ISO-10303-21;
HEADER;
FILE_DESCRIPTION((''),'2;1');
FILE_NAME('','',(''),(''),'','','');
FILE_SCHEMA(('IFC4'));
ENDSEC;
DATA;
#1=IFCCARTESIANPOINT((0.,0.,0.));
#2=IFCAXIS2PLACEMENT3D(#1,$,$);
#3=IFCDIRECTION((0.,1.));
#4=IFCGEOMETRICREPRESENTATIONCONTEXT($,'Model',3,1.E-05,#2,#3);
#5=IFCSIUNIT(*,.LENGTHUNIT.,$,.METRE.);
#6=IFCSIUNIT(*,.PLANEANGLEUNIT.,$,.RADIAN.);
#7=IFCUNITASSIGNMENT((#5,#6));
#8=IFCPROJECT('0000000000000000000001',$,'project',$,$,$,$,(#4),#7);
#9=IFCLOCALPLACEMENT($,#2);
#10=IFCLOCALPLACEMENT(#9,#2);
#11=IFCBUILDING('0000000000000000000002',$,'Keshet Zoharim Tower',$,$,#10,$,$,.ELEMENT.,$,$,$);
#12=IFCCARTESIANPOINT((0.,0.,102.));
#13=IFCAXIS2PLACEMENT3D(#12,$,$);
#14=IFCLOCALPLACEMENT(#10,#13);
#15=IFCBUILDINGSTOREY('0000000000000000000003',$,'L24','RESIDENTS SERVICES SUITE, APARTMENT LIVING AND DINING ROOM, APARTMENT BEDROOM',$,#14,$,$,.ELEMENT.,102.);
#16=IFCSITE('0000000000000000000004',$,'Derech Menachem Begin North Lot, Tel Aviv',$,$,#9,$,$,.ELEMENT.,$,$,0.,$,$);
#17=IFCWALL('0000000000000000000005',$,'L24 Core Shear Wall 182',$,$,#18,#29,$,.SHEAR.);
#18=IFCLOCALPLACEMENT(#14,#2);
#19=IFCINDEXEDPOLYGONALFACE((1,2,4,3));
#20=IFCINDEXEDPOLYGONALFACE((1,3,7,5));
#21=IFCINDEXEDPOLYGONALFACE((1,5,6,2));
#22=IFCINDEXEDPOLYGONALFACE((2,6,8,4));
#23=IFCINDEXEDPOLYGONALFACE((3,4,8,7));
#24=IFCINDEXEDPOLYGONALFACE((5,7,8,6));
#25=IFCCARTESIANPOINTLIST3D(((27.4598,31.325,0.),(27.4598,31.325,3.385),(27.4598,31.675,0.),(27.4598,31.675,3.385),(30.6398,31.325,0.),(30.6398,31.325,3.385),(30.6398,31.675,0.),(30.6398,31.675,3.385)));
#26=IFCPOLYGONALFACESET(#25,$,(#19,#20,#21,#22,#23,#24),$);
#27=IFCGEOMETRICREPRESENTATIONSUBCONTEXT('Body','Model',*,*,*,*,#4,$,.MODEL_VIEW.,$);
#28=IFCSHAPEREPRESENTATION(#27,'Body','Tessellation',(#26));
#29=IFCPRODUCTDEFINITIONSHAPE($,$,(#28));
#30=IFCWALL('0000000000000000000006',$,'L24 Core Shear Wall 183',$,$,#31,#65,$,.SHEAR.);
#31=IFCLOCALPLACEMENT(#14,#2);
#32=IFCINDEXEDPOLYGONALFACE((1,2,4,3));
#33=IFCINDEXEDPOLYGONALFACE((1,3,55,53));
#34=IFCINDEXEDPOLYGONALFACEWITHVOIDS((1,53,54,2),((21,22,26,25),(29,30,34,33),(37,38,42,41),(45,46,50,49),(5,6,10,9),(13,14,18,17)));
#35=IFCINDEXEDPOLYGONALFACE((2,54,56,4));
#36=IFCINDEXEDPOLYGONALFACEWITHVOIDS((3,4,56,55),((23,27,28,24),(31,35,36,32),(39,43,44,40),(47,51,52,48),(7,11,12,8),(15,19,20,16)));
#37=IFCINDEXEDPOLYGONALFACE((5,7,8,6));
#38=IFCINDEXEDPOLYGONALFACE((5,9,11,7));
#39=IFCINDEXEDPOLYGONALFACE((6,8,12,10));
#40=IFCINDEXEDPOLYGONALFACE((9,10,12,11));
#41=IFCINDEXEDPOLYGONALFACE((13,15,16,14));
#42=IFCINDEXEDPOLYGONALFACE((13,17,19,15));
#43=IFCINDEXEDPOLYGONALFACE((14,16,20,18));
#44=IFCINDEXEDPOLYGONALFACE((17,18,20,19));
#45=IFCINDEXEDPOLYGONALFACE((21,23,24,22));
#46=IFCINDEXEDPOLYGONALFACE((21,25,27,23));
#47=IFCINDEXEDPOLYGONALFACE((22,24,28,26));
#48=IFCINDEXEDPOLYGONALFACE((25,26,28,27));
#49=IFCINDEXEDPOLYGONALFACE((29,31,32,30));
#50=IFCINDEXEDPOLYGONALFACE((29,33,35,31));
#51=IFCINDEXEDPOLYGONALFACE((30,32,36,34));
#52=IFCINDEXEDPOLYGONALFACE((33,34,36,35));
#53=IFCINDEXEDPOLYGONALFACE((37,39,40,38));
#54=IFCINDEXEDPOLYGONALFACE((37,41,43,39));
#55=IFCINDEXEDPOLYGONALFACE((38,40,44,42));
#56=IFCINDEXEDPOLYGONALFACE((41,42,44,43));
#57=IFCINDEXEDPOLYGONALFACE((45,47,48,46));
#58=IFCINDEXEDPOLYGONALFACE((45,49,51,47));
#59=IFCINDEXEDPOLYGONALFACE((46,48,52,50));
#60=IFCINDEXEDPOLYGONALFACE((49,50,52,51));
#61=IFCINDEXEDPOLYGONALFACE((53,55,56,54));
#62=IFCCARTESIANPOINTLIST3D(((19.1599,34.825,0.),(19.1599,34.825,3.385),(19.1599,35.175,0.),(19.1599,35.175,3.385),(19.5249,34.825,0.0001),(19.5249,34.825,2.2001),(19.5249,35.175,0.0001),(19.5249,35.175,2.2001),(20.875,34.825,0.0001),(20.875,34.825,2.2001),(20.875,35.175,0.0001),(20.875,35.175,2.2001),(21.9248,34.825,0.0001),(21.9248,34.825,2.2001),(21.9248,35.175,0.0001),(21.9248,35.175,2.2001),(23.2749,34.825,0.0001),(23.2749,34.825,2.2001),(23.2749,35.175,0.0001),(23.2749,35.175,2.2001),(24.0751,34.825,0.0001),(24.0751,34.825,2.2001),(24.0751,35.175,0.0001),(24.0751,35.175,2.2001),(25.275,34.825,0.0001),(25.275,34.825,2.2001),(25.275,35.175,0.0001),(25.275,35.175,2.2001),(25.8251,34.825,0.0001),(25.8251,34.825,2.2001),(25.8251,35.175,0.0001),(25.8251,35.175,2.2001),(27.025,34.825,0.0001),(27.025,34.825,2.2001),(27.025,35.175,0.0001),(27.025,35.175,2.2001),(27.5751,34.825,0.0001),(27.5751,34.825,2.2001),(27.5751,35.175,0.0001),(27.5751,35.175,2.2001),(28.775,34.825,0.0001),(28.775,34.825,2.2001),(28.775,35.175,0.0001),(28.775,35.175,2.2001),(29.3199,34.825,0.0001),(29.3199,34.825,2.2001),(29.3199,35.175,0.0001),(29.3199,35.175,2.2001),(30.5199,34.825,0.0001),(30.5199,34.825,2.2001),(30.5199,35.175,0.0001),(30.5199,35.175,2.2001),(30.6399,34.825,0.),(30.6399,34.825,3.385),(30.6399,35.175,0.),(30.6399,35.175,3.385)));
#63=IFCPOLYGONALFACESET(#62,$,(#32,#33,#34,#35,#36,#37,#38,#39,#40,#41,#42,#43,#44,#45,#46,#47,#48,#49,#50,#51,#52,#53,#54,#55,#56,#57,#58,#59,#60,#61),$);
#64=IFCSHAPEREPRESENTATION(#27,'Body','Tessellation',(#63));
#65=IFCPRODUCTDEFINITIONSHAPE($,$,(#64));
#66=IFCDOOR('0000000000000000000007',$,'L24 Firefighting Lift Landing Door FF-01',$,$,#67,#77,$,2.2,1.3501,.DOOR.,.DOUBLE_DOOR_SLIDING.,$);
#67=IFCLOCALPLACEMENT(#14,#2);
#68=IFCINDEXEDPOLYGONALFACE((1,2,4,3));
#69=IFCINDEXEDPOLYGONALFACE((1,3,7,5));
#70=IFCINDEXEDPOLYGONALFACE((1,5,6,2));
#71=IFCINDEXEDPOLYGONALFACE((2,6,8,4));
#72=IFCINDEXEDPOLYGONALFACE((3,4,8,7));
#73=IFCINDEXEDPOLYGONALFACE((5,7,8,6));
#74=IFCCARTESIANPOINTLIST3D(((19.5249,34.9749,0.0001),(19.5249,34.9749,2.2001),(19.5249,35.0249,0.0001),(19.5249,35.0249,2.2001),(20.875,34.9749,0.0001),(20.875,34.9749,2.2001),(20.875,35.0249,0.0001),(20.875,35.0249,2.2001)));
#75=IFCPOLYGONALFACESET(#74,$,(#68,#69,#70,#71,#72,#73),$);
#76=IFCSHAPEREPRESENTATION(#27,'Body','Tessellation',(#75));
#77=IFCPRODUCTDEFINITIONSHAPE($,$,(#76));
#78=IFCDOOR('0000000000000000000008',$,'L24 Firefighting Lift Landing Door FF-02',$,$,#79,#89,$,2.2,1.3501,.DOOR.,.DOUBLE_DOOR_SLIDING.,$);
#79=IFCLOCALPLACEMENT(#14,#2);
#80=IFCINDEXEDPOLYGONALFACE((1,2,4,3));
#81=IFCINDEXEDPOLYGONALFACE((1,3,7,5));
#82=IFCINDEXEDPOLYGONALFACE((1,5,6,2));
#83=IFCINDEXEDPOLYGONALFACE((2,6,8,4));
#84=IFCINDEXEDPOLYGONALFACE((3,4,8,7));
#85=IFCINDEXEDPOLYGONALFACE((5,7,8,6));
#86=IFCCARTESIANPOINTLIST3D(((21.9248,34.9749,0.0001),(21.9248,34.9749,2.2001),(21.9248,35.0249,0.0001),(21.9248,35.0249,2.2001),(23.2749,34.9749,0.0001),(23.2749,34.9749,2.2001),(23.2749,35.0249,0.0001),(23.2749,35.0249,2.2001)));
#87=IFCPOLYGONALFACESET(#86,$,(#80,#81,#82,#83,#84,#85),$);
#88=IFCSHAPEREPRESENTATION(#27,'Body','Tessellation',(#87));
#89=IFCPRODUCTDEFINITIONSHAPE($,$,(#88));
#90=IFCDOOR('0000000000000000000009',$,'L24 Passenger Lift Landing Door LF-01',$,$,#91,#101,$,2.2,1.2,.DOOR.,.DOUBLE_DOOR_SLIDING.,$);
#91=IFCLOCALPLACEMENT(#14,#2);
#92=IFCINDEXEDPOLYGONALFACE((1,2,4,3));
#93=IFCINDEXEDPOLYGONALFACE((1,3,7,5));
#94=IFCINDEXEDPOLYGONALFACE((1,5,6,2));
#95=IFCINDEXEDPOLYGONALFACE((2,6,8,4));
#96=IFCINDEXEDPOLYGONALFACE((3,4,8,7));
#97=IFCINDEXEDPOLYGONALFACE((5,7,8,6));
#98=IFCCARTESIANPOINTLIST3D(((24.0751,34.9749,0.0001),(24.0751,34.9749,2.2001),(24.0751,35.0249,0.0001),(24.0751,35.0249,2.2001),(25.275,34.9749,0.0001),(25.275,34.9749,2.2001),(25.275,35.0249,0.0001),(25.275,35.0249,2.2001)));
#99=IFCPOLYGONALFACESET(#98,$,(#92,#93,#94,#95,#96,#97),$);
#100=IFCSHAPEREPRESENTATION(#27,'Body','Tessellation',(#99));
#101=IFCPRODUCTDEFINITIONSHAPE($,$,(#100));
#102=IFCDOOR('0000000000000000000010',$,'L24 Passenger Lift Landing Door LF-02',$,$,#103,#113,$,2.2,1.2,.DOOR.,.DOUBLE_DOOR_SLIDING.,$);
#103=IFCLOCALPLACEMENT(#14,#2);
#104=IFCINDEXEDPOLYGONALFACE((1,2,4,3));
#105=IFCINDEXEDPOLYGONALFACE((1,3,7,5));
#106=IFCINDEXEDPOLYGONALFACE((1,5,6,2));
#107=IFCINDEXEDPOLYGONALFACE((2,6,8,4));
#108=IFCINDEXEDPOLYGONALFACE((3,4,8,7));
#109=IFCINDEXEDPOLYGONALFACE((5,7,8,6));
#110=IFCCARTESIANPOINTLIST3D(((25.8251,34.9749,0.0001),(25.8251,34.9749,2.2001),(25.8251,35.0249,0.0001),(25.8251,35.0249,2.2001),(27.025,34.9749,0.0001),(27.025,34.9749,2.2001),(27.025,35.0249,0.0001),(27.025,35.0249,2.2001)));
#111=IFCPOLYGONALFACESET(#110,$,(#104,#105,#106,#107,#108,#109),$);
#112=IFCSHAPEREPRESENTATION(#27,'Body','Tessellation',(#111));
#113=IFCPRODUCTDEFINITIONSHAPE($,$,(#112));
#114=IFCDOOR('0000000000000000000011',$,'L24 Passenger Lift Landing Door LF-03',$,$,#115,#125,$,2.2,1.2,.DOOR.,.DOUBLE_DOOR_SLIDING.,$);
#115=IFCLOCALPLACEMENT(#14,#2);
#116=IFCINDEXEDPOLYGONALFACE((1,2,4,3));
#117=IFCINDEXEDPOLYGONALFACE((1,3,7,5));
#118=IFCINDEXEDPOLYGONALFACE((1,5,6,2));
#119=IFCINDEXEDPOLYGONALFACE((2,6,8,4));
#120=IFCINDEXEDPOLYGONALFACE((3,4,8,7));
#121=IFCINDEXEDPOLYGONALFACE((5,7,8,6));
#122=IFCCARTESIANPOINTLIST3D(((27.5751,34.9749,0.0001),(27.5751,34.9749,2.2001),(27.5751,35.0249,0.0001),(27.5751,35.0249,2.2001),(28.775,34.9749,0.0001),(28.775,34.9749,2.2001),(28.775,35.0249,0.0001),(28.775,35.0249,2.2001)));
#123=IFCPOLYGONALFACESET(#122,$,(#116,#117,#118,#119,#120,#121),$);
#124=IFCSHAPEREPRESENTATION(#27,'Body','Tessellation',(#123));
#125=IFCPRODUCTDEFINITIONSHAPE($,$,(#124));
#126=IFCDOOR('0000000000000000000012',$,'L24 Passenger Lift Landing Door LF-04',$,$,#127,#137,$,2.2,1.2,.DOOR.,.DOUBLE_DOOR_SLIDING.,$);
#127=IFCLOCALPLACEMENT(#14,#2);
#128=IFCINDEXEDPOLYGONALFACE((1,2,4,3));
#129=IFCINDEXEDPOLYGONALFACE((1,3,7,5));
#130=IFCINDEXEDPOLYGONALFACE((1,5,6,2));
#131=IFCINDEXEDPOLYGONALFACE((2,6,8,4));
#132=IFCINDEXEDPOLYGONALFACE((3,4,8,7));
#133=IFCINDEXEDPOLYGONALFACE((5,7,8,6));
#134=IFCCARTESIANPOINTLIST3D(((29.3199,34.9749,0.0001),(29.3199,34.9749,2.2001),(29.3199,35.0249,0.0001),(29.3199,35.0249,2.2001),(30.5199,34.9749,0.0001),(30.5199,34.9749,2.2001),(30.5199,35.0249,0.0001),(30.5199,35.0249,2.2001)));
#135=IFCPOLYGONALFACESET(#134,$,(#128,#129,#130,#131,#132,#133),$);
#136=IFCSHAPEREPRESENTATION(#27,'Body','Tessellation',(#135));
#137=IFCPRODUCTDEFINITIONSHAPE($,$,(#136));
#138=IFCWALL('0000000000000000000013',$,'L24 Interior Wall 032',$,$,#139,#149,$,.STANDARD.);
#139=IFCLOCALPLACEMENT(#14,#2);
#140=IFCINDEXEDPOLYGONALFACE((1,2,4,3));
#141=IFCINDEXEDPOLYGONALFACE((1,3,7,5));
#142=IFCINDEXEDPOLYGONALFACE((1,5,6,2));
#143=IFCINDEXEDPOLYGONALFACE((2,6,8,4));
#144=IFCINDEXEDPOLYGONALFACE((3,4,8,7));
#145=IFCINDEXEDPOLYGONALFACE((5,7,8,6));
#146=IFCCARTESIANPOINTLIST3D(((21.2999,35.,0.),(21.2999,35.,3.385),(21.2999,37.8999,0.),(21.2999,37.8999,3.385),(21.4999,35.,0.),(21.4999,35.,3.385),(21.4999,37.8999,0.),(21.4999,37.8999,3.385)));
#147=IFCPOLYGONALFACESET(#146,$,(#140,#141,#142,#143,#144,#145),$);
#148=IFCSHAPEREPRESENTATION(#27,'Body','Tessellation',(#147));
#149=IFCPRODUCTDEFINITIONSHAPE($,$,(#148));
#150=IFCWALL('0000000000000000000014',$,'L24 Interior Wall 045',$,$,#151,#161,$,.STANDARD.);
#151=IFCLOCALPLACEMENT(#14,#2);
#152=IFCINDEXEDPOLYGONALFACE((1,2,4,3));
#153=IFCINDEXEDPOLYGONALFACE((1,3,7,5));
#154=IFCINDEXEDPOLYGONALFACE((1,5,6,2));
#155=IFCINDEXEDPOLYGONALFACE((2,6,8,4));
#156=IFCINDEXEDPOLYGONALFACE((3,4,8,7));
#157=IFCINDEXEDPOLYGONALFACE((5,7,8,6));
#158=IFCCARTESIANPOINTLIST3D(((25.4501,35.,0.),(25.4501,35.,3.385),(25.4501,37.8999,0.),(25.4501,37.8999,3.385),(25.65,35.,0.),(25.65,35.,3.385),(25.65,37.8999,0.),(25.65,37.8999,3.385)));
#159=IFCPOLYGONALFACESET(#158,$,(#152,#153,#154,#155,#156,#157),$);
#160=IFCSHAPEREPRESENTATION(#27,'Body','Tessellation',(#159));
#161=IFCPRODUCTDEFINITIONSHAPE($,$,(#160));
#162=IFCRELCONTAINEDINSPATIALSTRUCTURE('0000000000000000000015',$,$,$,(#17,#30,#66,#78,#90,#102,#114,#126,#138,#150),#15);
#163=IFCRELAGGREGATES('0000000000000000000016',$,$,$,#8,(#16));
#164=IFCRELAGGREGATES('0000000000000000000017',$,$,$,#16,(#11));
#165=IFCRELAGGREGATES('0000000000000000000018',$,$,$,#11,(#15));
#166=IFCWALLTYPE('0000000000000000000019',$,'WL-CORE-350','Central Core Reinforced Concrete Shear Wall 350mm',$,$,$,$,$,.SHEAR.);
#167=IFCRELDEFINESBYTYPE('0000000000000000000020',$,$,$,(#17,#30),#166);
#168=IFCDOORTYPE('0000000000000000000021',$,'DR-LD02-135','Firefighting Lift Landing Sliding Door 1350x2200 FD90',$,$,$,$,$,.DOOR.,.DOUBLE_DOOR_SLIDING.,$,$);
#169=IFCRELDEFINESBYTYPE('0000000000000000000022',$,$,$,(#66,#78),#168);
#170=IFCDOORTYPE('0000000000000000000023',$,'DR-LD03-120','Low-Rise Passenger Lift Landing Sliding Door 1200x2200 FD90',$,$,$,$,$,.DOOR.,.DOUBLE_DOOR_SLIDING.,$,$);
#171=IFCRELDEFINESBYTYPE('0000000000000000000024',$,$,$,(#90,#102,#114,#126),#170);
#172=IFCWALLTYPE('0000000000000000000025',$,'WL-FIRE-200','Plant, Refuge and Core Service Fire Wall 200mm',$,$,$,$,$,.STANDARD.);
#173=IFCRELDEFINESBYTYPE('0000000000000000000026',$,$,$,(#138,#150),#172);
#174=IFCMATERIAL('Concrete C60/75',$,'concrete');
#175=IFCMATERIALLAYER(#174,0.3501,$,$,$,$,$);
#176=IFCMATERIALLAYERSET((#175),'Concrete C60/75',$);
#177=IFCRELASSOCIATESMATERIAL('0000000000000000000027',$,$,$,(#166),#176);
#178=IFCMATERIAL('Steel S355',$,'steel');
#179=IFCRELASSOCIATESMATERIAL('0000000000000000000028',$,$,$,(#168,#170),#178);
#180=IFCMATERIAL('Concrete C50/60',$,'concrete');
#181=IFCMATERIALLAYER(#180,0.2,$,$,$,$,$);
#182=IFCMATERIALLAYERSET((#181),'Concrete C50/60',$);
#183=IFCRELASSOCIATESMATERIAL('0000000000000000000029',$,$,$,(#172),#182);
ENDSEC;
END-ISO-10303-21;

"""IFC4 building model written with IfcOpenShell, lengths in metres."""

from ifc_helpers import new_model, si_unit, direction, frame, frame_2d, origin, place, context, subcontext, project, spatial, rectangle, extrude, material, layer, layer_set, type_object, element, fill, save


model = new_model("IFC4")

# Units and contexts
model_context = context("Model", 3, precision=1e-05, world=origin(), true_north=direction((0.0, 1.0)))
body_context = subcontext(model_context, "Body", "Model", "MODEL_VIEW")
ifc_project = project(units=[si_unit("LENGTHUNIT", "METRE"), si_unit("PLANEANGLEUNIT", "RADIAN")], contexts=[model_context])

# Site, building, storey
site_placement = place(None, origin())
site = spatial("IfcSite", under=ifc_project, at=site_placement, Name="Derech Menachem Begin North Lot, Tel Aviv", CompositionType="ELEMENT", RefElevation=0.0)
building_placement = place(site_placement, origin())
building = spatial("IfcBuilding", under=site, at=building_placement, Name="Keshet Zoharim Tower", CompositionType="ELEMENT")
storey_placement = place(building_placement, frame((0.0, 0.0, 102.0)))
storey = spatial("IfcBuildingStorey", under=building, at=storey_placement, Name="L24", Description="RESIDENTS SERVICES SUITE, APARTMENT LIVING AND DINING ROOM, APARTMENT BEDROOM", CompositionType="ELEMENT", Elevation=102.0)

# Shared definitions
ifc_material_1 = material(Name="Concrete C60/75", Category="concrete")
ifc_layer_1 = layer(ifc_material_1, 0.3501)
ifc_layer_set_1 = layer_set([ifc_layer_1], Name="Concrete C60/75")
wall_type_1 = type_object("IfcWallType", Name="WL-CORE-350", Description="Central Core Reinforced Concrete Shear Wall 350mm", PredefinedType="SHEAR", material=ifc_layer_set_1)

# Shared definitions
ifc_material_2 = material(Name="Steel S355", Category="steel")

# Wall
wall_1_placement = place(storey_placement, frame((27.46, 31.5, 0.0), z_axis=(0.0, 0.0, 1.0), x_axis=(1.0, 0.0, 0.0)))
element("IfcWall", 1, at=wall_1_placement, inside=storey, type_object=wall_type_1, Name="L24 Core Shear Wall 182", PredefinedType="SHEAR", context=body_context, shape_type="SweptSolid", body=[
    extrude(rectangle(XDim=3.1799, YDim=0.3501, at=frame_2d((1.5898, 0.0))), origin(), (0.0, 0.0, 1.0), 3.385),
])

# Wall, openings, doors
wall_2_placement = place(storey_placement, frame((19.1599, 35.0, 0.0), z_axis=(0.0, 0.0, 1.0), x_axis=(1.0, 0.0, 0.0)))
wall_2 = element("IfcWall", 2, at=wall_2_placement, inside=storey, type_object=wall_type_1, Name="L24 Core Shear Wall 183", PredefinedType="SHEAR", context=body_context, shape_type="SweptSolid", body=[
    extrude(rectangle(XDim=11.48, YDim=0.3501, at=frame_2d((5.74, 0.0))), origin(), (0.0, 0.0, 1.0), 3.385),
])
opening_1_placement = place(wall_2_placement, frame((0.365, 0.0, 0.0)))
opening_1 = element("IfcOpeningElement", 3, at=opening_1_placement, cuts=wall_2, PredefinedType="OPENING", context=body_context, shape_type="SweptSolid", body=[
    extrude(rectangle(XDim=1.3501, YDim=2.2, at=frame_2d((0.675, 1.1001))), frame((0.0, 0.1851, 0.0), z_axis=(0.0, -1.0, 0.0), x_axis=(1.0, 0.0, 0.0)), (0.0, 0.0, 1.0), 0.3701),
])
opening_2_placement = place(wall_2_placement, frame((2.7649, 0.0, 0.0)))
opening_2 = element("IfcOpeningElement", 4, at=opening_2_placement, cuts=wall_2, PredefinedType="OPENING", context=body_context, shape_type="SweptSolid", body=[
    extrude(rectangle(XDim=1.3501, YDim=2.2, at=frame_2d((0.675, 1.1001))), frame((0.0, 0.1851, 0.0), z_axis=(0.0, -1.0, 0.0), x_axis=(1.0, 0.0, 0.0)), (0.0, 0.0, 1.0), 0.3701),
])
opening_3_placement = place(wall_2_placement, frame((4.915, 0.0, 0.0)))
opening_3 = element("IfcOpeningElement", 5, at=opening_3_placement, cuts=wall_2, PredefinedType="OPENING", context=body_context, shape_type="SweptSolid", body=[
    extrude(rectangle(XDim=1.2, YDim=2.2, at=frame_2d((0.6001, 1.1001))), frame((0.0, 0.1851, 0.0), z_axis=(0.0, -1.0, 0.0), x_axis=(1.0, 0.0, 0.0)), (0.0, 0.0, 1.0), 0.3701),
])
opening_4_placement = place(wall_2_placement, frame((6.665, 0.0, 0.0)))
opening_4 = element("IfcOpeningElement", 6, at=opening_4_placement, cuts=wall_2, PredefinedType="OPENING", context=body_context, shape_type="SweptSolid", body=[
    extrude(rectangle(XDim=1.2, YDim=2.2, at=frame_2d((0.6001, 1.1001))), frame((0.0, 0.1851, 0.0), z_axis=(0.0, -1.0, 0.0), x_axis=(1.0, 0.0, 0.0)), (0.0, 0.0, 1.0), 0.3701),
])
opening_5_placement = place(wall_2_placement, frame((8.415, 0.0, 0.0)))
opening_5 = element("IfcOpeningElement", 7, at=opening_5_placement, cuts=wall_2, PredefinedType="OPENING", context=body_context, shape_type="SweptSolid", body=[
    extrude(rectangle(XDim=1.2, YDim=2.2, at=frame_2d((0.6001, 1.1001))), frame((0.0, 0.1851, 0.0), z_axis=(0.0, -1.0, 0.0), x_axis=(1.0, 0.0, 0.0)), (0.0, 0.0, 1.0), 0.3701),
])
opening_6_placement = place(wall_2_placement, frame((10.1599, 0.0, 0.0)))
opening_6 = element("IfcOpeningElement", 8, at=opening_6_placement, cuts=wall_2, PredefinedType="OPENING", context=body_context, shape_type="SweptSolid", body=[
    extrude(rectangle(XDim=1.2, YDim=2.2, at=frame_2d((0.6001, 1.1001))), frame((0.0, 0.1851, 0.0), z_axis=(0.0, -1.0, 0.0), x_axis=(1.0, 0.0, 0.0)), (0.0, 0.0, 1.0), 0.3701),
])
door_type_1 = type_object("IfcDoorType", Name="DR-LD02-135", Description="Firefighting Lift Landing Sliding Door 1350x2200 FD90", OperationType="DOUBLE_DOOR_SLIDING", PredefinedType="DOOR", material=ifc_material_2)
door_1_placement = place(opening_1_placement, origin())
door_1 = element("IfcDoor", 9, at=door_1_placement, inside=storey, type_object=door_type_1, Name="L24 Firefighting Lift Landing Door FF-01", OperationType="DOUBLE_DOOR_SLIDING", OverallHeight=2.2, OverallWidth=1.3501, PredefinedType="DOOR", context=body_context, shape_type="SweptSolid", body=[
    extrude(rectangle(XDim=1.3501, YDim=2.2, at=frame_2d((0.675, 1.1001))), frame((0.0, 0.0249, 0.0), z_axis=(0.0, -1.0, 0.0), x_axis=(1.0, 0.0, 0.0)), (0.0, 0.0, 1.0), 0.05),
])
fill(opening_1, door_1)
door_2_placement = place(opening_2_placement, origin())
door_2 = element("IfcDoor", 10, at=door_2_placement, inside=storey, type_object=door_type_1, Name="L24 Firefighting Lift Landing Door FF-02", OperationType="DOUBLE_DOOR_SLIDING", OverallHeight=2.2, OverallWidth=1.3501, PredefinedType="DOOR", context=body_context, shape_type="SweptSolid", body=[
    extrude(rectangle(XDim=1.3501, YDim=2.2, at=frame_2d((0.675, 1.1001))), frame((0.0, 0.0249, 0.0), z_axis=(0.0, -1.0, 0.0), x_axis=(1.0, 0.0, 0.0)), (0.0, 0.0, 1.0), 0.05),
])
fill(opening_2, door_2)
door_type_2 = type_object("IfcDoorType", Name="DR-LD03-120", Description="Low-Rise Passenger Lift Landing Sliding Door 1200x2200 FD90", OperationType="DOUBLE_DOOR_SLIDING", PredefinedType="DOOR", material=ifc_material_2)
door_3_placement = place(opening_3_placement, origin())
door_3 = element("IfcDoor", 11, at=door_3_placement, inside=storey, type_object=door_type_2, Name="L24 Passenger Lift Landing Door LF-01", OperationType="DOUBLE_DOOR_SLIDING", OverallHeight=2.2, OverallWidth=1.2, PredefinedType="DOOR", context=body_context, shape_type="SweptSolid", body=[
    extrude(rectangle(XDim=1.2, YDim=2.2, at=frame_2d((0.6001, 1.1001))), frame((0.0, 0.0249, 0.0), z_axis=(0.0, -1.0, 0.0), x_axis=(1.0, 0.0, 0.0)), (0.0, 0.0, 1.0), 0.05),
])
fill(opening_3, door_3)
door_4_placement = place(opening_4_placement, origin())
door_4 = element("IfcDoor", 12, at=door_4_placement, inside=storey, type_object=door_type_2, Name="L24 Passenger Lift Landing Door LF-02", OperationType="DOUBLE_DOOR_SLIDING", OverallHeight=2.2, OverallWidth=1.2, PredefinedType="DOOR", context=body_context, shape_type="SweptSolid", body=[
    extrude(rectangle(XDim=1.2, YDim=2.2, at=frame_2d((0.6001, 1.1001))), frame((0.0, 0.0249, 0.0), z_axis=(0.0, -1.0, 0.0), x_axis=(1.0, 0.0, 0.0)), (0.0, 0.0, 1.0), 0.05),
])
fill(opening_4, door_4)
door_5_placement = place(opening_5_placement, origin())
door_5 = element("IfcDoor", 13, at=door_5_placement, inside=storey, type_object=door_type_2, Name="L24 Passenger Lift Landing Door LF-03", OperationType="DOUBLE_DOOR_SLIDING", OverallHeight=2.2, OverallWidth=1.2, PredefinedType="DOOR", context=body_context, shape_type="SweptSolid", body=[
    extrude(rectangle(XDim=1.2, YDim=2.2, at=frame_2d((0.6001, 1.1001))), frame((0.0, 0.0249, 0.0), z_axis=(0.0, -1.0, 0.0), x_axis=(1.0, 0.0, 0.0)), (0.0, 0.0, 1.0), 0.05),
])
fill(opening_5, door_5)
door_6_placement = place(opening_6_placement, origin())
door_6 = element("IfcDoor", 14, at=door_6_placement, inside=storey, type_object=door_type_2, Name="L24 Passenger Lift Landing Door LF-04", OperationType="DOUBLE_DOOR_SLIDING", OverallHeight=2.2, OverallWidth=1.2, PredefinedType="DOOR", context=body_context, shape_type="SweptSolid", body=[
    extrude(rectangle(XDim=1.2, YDim=2.2, at=frame_2d((0.6001, 1.1001))), frame((0.0, 0.0249, 0.0), z_axis=(0.0, -1.0, 0.0), x_axis=(1.0, 0.0, 0.0)), (0.0, 0.0, 1.0), 0.05),
])
fill(opening_6, door_6)

# Walls
ifc_material_3 = material(Name="Concrete C50/60", Category="concrete")
ifc_layer_2 = layer(ifc_material_3, 0.2)
ifc_layer_set_2 = layer_set([ifc_layer_2], Name="Concrete C50/60")
wall_type_2 = type_object("IfcWallType", Name="WL-FIRE-200", Description="Plant, Refuge and Core Service Fire Wall 200mm", PredefinedType="STANDARD", material=ifc_layer_set_2)
for number, where, z_axis, x_axis, name in (
    (15, (21.3999, 35.0, 0.0), (0.0, 0.0, 1.0), (0.0, 1.0, 0.0), "L24 Interior Wall 032"),
    (16, (25.55, 35.0, 0.0), (0.0, 0.0, 1.0), (0.0, 1.0, 0.0), "L24 Interior Wall 045"),
):
    element("IfcWall", number, at=place(storey_placement, frame(where, z_axis=z_axis, x_axis=x_axis)), inside=storey, type_object=wall_type_2, Name=name, PredefinedType="STANDARD", context=body_context, shape_type="SweptSolid", body=[
        extrude(rectangle(XDim=2.8999, YDim=0.2, at=frame_2d((1.45, 0.0))), origin(), (0.0, 0.0, 1.0), 3.385),
    ])

save(model, "model.ifc")
